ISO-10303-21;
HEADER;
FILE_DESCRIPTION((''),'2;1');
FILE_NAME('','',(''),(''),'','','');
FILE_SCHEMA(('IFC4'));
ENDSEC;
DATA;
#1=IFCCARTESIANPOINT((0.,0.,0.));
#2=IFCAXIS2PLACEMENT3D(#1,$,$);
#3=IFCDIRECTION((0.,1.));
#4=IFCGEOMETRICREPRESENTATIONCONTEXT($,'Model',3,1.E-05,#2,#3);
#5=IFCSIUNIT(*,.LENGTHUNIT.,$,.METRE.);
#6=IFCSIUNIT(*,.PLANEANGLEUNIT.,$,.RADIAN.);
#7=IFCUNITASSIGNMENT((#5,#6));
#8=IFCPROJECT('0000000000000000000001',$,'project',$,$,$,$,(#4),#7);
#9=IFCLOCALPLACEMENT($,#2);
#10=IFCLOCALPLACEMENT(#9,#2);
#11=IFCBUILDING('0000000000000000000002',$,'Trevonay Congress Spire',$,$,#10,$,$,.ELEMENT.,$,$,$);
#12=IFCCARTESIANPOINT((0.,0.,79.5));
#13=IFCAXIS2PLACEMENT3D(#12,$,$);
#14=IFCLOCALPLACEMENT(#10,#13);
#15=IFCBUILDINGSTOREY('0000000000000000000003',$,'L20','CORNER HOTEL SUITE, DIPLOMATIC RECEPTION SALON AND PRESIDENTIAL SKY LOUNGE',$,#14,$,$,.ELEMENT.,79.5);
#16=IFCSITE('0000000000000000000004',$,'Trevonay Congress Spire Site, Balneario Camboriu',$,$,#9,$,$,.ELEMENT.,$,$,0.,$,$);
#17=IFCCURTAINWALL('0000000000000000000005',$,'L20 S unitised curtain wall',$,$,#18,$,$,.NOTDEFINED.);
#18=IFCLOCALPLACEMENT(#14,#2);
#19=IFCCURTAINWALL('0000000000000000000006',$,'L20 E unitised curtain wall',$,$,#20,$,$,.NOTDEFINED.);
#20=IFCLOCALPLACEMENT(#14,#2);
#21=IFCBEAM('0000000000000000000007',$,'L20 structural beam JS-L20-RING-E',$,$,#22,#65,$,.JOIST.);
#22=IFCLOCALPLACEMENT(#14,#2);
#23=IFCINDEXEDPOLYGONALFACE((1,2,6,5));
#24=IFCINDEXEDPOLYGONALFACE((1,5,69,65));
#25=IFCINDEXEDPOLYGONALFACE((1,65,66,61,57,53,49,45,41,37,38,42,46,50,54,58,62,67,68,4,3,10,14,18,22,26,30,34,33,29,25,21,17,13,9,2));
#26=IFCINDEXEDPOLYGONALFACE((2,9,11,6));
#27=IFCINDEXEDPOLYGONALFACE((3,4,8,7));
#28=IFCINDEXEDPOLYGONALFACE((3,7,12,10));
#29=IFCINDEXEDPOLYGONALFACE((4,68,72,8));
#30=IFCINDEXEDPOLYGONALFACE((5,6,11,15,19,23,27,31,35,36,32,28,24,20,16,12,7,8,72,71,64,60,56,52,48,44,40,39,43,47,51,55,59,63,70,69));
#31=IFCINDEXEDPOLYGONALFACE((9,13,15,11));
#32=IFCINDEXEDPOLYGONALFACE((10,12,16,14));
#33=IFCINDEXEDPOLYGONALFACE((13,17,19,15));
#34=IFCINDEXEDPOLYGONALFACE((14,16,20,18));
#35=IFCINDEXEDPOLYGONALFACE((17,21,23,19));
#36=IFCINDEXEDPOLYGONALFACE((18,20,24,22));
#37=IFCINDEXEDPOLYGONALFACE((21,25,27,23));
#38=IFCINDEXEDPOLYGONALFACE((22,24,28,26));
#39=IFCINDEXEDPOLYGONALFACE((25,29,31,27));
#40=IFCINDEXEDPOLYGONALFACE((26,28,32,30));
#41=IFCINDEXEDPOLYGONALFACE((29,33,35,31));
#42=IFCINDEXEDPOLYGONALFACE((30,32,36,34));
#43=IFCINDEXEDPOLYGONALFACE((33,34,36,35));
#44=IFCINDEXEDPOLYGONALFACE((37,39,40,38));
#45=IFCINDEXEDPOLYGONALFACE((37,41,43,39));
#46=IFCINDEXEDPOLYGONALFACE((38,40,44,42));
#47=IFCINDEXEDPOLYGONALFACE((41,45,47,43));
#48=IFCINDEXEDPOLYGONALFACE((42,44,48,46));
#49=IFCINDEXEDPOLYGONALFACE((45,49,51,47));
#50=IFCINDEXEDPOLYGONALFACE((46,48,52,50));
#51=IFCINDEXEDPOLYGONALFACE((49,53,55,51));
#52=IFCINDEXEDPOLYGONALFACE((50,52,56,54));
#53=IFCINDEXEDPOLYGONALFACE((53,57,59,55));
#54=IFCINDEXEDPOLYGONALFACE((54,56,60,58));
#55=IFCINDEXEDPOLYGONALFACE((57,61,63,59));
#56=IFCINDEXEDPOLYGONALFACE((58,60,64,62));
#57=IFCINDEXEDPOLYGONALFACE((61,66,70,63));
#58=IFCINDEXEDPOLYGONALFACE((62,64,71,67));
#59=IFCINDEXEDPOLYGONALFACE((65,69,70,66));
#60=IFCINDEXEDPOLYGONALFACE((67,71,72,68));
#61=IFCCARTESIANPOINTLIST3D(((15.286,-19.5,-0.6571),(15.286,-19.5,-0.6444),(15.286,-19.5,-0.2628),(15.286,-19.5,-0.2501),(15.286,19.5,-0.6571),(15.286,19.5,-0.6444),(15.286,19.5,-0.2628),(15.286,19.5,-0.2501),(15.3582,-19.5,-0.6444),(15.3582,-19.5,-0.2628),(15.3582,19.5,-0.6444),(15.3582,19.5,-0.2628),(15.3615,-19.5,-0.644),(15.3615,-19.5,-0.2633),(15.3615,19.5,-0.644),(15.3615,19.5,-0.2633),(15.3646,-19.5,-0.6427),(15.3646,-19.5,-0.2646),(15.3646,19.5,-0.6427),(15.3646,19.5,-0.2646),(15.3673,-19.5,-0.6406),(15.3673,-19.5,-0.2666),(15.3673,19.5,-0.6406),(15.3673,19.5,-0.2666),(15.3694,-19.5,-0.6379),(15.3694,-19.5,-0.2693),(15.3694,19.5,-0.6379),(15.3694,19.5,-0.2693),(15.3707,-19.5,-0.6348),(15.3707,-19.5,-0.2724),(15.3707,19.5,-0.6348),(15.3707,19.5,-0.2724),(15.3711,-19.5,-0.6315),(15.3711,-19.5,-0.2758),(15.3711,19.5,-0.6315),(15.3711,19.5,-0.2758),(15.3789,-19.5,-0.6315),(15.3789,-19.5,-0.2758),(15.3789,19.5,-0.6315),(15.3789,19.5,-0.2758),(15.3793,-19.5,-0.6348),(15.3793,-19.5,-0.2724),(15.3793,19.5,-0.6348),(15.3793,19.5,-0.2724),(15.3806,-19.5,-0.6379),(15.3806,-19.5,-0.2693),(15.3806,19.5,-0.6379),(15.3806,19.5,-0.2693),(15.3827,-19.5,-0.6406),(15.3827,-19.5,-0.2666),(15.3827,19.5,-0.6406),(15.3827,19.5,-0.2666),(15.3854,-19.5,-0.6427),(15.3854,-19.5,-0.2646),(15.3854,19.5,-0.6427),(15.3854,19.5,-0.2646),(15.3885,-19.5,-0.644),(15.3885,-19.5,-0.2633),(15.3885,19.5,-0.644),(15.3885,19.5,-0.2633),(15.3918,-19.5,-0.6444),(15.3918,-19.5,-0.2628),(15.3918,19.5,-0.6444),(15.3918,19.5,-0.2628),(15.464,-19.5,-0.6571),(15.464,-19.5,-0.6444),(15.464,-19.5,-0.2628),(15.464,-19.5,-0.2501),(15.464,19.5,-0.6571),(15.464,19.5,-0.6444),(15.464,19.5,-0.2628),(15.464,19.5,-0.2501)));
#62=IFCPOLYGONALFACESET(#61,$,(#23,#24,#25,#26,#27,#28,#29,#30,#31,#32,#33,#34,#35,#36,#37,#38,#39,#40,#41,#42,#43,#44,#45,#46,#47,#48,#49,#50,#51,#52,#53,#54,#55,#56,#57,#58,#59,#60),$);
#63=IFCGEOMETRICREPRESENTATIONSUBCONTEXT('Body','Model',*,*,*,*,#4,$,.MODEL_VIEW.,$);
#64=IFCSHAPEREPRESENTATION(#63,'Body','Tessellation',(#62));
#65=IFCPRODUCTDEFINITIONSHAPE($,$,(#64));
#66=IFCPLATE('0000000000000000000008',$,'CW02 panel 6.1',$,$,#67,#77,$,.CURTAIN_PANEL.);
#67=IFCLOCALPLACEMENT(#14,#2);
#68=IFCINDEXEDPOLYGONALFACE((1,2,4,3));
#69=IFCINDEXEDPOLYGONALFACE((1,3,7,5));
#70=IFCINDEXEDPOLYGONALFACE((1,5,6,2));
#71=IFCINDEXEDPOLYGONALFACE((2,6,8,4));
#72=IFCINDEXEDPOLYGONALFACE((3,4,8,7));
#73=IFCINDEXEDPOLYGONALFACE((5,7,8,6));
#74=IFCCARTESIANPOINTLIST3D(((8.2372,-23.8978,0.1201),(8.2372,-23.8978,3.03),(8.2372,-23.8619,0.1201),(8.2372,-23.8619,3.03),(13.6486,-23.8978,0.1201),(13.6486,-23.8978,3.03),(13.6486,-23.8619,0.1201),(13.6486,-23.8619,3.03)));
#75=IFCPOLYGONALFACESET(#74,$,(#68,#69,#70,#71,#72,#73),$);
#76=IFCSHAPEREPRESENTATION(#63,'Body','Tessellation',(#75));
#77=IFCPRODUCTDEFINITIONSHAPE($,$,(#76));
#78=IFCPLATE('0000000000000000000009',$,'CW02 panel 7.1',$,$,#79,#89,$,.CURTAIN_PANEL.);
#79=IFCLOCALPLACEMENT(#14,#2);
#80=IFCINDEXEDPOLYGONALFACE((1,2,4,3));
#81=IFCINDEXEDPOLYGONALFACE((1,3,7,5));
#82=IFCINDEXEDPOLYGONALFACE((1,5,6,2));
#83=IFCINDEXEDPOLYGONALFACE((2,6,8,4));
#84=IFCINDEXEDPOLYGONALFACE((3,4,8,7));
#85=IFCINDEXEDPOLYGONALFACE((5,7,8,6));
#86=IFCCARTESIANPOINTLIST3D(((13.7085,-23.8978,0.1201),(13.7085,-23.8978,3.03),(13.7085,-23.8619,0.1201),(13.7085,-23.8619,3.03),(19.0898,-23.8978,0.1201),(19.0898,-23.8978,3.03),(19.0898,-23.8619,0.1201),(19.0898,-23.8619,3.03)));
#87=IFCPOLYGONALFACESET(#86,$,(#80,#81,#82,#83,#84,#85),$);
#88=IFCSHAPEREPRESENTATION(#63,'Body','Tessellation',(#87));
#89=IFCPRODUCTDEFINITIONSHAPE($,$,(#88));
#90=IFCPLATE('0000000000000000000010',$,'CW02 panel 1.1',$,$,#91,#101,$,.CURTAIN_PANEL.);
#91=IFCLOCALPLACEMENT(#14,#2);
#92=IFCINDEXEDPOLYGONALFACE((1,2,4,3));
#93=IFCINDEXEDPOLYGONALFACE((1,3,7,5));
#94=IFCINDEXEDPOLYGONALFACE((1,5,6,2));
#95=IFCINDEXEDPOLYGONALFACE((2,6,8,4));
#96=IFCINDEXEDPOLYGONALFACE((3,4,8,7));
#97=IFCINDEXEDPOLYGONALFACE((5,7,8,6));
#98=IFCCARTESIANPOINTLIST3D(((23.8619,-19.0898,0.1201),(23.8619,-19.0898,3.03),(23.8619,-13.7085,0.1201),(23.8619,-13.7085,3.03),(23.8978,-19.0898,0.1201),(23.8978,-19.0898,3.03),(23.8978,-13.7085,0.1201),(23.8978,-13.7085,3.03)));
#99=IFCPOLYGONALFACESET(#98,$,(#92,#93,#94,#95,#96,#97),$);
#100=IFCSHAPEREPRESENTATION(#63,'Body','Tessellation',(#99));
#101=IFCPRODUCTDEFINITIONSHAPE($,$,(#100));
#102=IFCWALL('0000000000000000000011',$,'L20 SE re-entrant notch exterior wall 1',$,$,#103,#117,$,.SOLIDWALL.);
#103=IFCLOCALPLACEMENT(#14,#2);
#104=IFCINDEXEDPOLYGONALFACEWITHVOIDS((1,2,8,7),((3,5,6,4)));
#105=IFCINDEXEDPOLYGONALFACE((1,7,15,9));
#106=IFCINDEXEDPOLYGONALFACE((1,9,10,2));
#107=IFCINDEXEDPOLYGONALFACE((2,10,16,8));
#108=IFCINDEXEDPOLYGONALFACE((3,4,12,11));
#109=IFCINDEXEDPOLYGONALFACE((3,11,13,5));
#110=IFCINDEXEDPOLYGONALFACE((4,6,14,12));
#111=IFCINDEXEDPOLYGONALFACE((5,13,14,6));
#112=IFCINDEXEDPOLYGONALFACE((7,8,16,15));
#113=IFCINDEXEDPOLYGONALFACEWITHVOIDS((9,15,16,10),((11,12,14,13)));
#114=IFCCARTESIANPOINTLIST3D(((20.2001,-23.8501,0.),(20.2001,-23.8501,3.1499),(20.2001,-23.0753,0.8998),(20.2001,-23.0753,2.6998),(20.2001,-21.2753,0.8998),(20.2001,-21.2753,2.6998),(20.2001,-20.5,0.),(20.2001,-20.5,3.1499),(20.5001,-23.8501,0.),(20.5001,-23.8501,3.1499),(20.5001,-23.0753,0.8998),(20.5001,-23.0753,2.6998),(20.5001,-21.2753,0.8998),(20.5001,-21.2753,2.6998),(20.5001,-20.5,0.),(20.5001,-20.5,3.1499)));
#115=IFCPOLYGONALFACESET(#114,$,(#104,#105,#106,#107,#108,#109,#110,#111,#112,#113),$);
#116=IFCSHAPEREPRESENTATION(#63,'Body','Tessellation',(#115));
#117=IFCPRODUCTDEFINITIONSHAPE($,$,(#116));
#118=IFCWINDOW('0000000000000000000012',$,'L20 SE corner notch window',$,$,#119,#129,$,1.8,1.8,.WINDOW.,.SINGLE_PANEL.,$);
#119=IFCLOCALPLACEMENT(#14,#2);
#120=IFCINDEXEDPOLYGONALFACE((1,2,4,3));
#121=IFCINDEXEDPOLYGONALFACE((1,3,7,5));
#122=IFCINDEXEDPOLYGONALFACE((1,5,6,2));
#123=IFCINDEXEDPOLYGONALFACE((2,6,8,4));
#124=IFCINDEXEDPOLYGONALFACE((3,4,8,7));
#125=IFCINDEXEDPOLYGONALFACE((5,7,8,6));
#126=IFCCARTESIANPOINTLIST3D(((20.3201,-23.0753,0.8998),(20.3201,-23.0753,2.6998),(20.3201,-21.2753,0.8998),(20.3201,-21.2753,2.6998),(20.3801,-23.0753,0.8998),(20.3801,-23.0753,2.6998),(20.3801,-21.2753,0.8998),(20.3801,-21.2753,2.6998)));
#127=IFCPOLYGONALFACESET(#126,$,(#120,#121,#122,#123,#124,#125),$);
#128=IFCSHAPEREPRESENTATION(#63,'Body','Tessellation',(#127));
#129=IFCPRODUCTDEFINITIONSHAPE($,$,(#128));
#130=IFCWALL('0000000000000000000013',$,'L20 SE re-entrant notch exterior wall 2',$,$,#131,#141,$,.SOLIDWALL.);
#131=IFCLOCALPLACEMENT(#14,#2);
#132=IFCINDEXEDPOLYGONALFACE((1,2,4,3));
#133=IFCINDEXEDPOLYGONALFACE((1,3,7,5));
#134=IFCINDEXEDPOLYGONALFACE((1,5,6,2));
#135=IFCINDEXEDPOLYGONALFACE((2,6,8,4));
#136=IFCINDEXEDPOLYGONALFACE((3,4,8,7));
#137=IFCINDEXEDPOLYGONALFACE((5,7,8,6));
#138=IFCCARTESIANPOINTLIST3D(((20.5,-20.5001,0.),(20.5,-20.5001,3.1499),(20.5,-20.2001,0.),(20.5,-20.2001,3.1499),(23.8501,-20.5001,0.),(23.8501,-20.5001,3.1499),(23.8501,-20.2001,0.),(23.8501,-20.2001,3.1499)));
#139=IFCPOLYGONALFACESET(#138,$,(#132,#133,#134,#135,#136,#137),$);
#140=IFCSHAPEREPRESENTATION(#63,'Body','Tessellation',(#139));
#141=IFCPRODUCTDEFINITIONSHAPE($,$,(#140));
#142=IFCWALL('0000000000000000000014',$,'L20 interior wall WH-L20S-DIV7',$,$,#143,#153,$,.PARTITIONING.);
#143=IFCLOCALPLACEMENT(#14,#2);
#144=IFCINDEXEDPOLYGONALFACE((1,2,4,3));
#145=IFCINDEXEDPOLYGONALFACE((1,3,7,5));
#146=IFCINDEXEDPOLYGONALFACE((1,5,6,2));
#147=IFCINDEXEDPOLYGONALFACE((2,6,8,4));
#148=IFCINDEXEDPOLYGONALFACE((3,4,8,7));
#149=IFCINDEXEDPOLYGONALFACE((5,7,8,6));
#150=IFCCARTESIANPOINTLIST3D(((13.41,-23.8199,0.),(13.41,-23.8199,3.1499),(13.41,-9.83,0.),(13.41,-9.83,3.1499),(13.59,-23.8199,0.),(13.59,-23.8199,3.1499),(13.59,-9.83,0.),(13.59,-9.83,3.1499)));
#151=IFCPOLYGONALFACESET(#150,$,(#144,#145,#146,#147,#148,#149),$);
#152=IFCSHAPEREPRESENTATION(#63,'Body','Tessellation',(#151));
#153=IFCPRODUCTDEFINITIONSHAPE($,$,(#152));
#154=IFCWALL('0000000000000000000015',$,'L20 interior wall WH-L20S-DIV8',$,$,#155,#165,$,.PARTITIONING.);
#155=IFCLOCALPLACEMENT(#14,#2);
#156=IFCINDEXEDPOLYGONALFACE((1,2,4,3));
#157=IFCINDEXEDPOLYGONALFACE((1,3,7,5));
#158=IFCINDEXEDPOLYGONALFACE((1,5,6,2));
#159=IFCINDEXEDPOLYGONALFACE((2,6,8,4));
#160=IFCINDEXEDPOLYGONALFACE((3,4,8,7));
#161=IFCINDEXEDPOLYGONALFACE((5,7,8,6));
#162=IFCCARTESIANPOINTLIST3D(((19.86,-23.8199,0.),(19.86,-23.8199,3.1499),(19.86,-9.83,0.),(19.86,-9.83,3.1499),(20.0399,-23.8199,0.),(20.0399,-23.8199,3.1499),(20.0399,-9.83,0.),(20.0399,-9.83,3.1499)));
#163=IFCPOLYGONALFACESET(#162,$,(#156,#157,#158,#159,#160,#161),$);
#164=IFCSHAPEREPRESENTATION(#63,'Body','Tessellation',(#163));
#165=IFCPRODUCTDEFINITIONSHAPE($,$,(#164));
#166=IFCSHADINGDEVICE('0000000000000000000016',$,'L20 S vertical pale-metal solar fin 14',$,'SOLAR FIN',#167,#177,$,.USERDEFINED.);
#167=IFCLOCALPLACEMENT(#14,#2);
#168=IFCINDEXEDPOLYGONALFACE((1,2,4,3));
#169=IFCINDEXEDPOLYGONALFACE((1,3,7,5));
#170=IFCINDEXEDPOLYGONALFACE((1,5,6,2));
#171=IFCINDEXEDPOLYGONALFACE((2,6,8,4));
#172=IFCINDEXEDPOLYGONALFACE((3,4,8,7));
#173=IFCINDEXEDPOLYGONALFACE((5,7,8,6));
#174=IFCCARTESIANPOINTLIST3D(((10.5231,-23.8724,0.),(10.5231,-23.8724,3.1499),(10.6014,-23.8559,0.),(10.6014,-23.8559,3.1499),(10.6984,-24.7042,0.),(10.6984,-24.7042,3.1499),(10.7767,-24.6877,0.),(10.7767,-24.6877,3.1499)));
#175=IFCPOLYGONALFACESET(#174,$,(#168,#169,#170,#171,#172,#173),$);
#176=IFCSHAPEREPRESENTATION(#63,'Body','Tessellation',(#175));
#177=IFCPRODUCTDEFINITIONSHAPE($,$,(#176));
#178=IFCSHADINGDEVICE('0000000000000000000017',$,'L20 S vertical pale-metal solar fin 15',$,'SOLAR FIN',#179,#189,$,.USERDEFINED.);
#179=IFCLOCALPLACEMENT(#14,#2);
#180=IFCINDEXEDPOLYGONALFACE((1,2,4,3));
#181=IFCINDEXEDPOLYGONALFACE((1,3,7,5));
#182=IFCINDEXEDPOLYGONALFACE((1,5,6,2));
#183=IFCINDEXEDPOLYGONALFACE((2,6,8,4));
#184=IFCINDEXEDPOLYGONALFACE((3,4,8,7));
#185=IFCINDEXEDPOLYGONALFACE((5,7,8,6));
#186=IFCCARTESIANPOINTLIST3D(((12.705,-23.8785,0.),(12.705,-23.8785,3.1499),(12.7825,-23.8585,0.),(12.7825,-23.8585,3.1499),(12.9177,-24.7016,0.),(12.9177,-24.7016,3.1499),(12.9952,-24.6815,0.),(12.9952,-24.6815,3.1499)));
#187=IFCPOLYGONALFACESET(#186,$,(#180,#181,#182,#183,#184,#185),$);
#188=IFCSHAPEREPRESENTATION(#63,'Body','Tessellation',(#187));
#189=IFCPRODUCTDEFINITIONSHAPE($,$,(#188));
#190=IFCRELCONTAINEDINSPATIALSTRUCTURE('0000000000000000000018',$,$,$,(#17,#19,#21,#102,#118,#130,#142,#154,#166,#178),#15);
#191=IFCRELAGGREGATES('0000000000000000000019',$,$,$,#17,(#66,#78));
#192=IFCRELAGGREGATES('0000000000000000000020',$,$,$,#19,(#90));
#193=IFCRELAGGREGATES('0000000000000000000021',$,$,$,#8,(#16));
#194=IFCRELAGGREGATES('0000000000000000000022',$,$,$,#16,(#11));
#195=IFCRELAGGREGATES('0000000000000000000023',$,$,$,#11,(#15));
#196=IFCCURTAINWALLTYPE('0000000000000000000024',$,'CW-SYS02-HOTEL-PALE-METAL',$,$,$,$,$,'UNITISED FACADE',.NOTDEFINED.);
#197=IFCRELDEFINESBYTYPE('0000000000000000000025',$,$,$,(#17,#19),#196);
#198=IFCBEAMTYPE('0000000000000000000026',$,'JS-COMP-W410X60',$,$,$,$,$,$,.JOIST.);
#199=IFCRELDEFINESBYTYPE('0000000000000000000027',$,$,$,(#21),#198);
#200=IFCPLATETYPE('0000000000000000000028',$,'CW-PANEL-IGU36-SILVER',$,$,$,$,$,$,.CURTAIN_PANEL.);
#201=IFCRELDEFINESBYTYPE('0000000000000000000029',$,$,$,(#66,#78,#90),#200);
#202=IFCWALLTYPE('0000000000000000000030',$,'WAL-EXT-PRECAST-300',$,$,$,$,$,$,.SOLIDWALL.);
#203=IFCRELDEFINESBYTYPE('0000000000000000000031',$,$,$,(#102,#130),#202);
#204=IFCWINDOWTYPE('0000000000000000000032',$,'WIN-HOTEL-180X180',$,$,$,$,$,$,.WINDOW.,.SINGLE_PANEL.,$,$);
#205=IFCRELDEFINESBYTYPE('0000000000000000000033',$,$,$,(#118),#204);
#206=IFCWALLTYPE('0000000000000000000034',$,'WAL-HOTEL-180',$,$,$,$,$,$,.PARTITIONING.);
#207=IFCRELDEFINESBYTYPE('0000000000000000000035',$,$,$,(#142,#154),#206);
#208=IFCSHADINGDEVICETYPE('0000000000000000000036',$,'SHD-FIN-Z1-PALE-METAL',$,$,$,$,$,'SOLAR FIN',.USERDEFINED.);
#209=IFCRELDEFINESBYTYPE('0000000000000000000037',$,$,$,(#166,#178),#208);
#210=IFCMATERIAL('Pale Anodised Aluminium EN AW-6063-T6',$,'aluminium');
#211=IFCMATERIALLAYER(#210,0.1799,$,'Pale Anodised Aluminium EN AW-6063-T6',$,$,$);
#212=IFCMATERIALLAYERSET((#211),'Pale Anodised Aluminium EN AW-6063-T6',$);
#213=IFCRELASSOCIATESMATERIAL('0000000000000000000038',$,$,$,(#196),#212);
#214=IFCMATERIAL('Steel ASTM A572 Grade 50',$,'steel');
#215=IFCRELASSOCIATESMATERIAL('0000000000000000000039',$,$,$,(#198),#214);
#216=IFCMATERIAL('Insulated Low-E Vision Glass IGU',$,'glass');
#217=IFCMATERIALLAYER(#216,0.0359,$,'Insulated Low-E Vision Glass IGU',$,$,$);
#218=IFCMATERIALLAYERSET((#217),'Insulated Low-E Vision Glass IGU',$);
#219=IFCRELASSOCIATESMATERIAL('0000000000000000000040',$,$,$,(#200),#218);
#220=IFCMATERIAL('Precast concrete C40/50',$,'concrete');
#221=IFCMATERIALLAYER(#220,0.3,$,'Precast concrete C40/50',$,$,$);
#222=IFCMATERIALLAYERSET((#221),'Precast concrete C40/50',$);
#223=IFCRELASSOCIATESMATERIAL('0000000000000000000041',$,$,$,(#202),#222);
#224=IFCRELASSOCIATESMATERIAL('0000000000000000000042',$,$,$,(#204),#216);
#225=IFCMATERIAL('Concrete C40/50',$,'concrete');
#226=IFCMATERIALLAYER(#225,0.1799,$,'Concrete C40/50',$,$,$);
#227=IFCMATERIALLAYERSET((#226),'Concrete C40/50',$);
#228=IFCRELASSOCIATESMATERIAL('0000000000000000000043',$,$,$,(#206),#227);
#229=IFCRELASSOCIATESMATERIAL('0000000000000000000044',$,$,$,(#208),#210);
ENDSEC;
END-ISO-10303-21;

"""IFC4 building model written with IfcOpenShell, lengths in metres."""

from ifc_helpers import new_model, si_unit, direction, frame, frame_2d, origin, origin_2d, place, context, subcontext, project, spatial, rectangle, i_section, extrude, material, layer, layer_set, material_profile, profile_set, type_object, element, fill, aggregate, save


model = new_model("IFC4")

# Units and contexts
model_context = context("Model", 3, precision=1e-05, world=origin(), true_north=direction((0.0, 1.0)))
body_context = subcontext(model_context, "Body", "Model", "MODEL_VIEW")
ifc_project = project(units=[si_unit("LENGTHUNIT", "METRE"), si_unit("PLANEANGLEUNIT", "RADIAN")], contexts=[model_context])

# Site, building, storey
site_placement = place(None, origin())
site = spatial("IfcSite", under=ifc_project, at=site_placement, Name="Trevonay Congress Spire Site, Balneario Camboriu", CompositionType="ELEMENT", RefElevation=0.0)
building_placement = place(site_placement, origin())
building = spatial("IfcBuilding", under=site, at=building_placement, Name="Trevonay Congress Spire", CompositionType="ELEMENT")
storey_placement = place(building_placement, frame((0.0, 0.0, 79.5)))
storey = spatial("IfcBuildingStorey", under=building, at=storey_placement, Name="L20", Description="CORNER HOTEL SUITE, DIPLOMATIC RECEPTION SALON AND PRESIDENTIAL SKY LOUNGE", CompositionType="ELEMENT", Elevation=79.5)

# Shared definitions
ifc_material_1 = material(Name="Steel ASTM A572 Grade 50", Category="steel")

# Curtain wall
ifc_material_2 = material(Name="Pale Anodised Aluminium EN AW-6063-T6", Category="aluminium")
ifc_layer_1 = layer(ifc_material_2, 0.1799, Name="Pale Anodised Aluminium EN AW-6063-T6")
ifc_layer_set_1 = layer_set([ifc_layer_1], Name="Pale Anodised Aluminium EN AW-6063-T6")
curtain_wall_type = type_object("IfcCurtainWallType", Name="CW-SYS02-HOTEL-PALE-METAL", ElementType="UNITISED FACADE", PredefinedType="NOTDEFINED", material=ifc_layer_set_1)
curtain_wall_1_placement = place(storey_placement, origin())
curtain_wall_1 = element("IfcCurtainWall", 1, at=curtain_wall_1_placement, inside=storey, type_object=curtain_wall_type, Name="L20 S unitised curtain wall", PredefinedType="NOTDEFINED")

# Curtain wall
curtain_wall_2_placement = place(storey_placement, origin())
curtain_wall_2 = element("IfcCurtainWall", 2, at=curtain_wall_2_placement, inside=storey, type_object=curtain_wall_type, Name="L20 E unitised curtain wall", PredefinedType="NOTDEFINED")

# Beam
ifc_material_profile_1 = material_profile(ifc_material_1, i_section(OverallWidth=0.178, OverallDepth=0.407, WebThickness=0.0078, FlangeThickness=0.0127, FilletRadius=0.0129, at=origin_2d()), Name="W410x60")
ifc_profile_set_1 = profile_set([ifc_material_profile_1], Name="Steel ASTM A572 Grade 50")
beam_type_1 = type_object("IfcBeamType", Name="JS-COMP-W410X60", PredefinedType="JOIST", material=ifc_profile_set_1)
beam_placement = place(storey_placement, frame((15.375, -19.5, -0.4536), z_axis=(0.0, 1.0, 0.0), x_axis=(-1.0, 0.0, 0.0)))
element("IfcBeam", 3, at=beam_placement, inside=storey, type_object=beam_type_1, Name="L20 structural beam JS-L20-RING-E", PredefinedType="JOIST", context=body_context, shape_type="SweptSolid", body=[
    extrude(i_section(OverallWidth=0.178, OverallDepth=0.407, WebThickness=0.0078, FlangeThickness=0.0127, FilletRadius=0.0129, at=origin_2d()), origin(), (0.0, 0.0, 1.0), 39.0),
])

# Plates
ifc_material_3 = material(Name="Insulated Low-E Vision Glass IGU", Category="glass")
ifc_layer_2 = layer(ifc_material_3, 0.0359, Name="Insulated Low-E Vision Glass IGU")
ifc_layer_set_2 = layer_set([ifc_layer_2], Name="Insulated Low-E Vision Glass IGU")
plate_type = type_object("IfcPlateType", Name="CW-PANEL-IGU36-SILVER", PredefinedType="CURTAIN_PANEL", material=ifc_layer_set_2)
plate_1_placement = place(storey_placement, frame((10.9429, -23.8799, 0.1201), z_axis=(0.0, 0.0, 1.0), x_axis=(1.0, 0.0, 0.0)))
plate_1 = element("IfcPlate", 4, at=plate_1_placement, type_object=plate_type, Name="CW02 panel 6.1", PredefinedType="CURTAIN_PANEL", context=body_context, shape_type="SweptSolid", body=[
    extrude(rectangle(XDim=5.4114, YDim=0.0359, at=origin_2d()), origin(), (0.0, 0.0, 1.0), 2.9099),
])
plate_2_placement = place(storey_placement, frame((16.3992, -23.8799, 0.1201), z_axis=(0.0, 0.0, 1.0), x_axis=(1.0, 0.0, 0.0)))
plate_2 = element("IfcPlate", 5, at=plate_2_placement, type_object=plate_type, Name="CW02 panel 7.1", PredefinedType="CURTAIN_PANEL", context=body_context, shape_type="SweptSolid", body=[
    extrude(rectangle(XDim=5.3813, YDim=0.0359, at=origin_2d()), origin(), (0.0, 0.0, 1.0), 2.9099),
])
aggregate(curtain_wall_1, [plate_1, plate_2])
plate_3_placement = place(storey_placement, frame((23.8799, -16.3992, 0.1201), z_axis=(0.0, 0.0, 1.0), x_axis=(0.0, 1.0, 0.0)))
plate_3 = element("IfcPlate", 6, at=plate_3_placement, type_object=plate_type, Name="CW02 panel 1.1", PredefinedType="CURTAIN_PANEL", context=body_context, shape_type="SweptSolid", body=[
    extrude(rectangle(XDim=5.3813, YDim=0.0359, at=origin_2d()), origin(), (0.0, 0.0, 1.0), 2.9099),
])
aggregate(curtain_wall_2, [plate_3])

# Wall, opening, window
ifc_material_4 = material(Name="Precast concrete C40/50", Category="concrete")
ifc_layer_3 = layer(ifc_material_4, 0.3, Name="Precast concrete C40/50")
ifc_layer_set_3 = layer_set([ifc_layer_3], Name="Precast concrete C40/50")
wall_type_1 = type_object("IfcWallType", Name="WAL-EXT-PRECAST-300", PredefinedType="SOLIDWALL", material=ifc_layer_set_3)
wall_1_placement = place(storey_placement, frame((20.3501, -23.8501, 0.0), z_axis=(0.0, 0.0, 1.0), x_axis=(0.0, 1.0, 0.0)))
wall_1 = element("IfcWall", 7, at=wall_1_placement, inside=storey, type_object=wall_type_1, Name="L20 SE re-entrant notch exterior wall 1", PredefinedType="SOLIDWALL", context=body_context, shape_type="SweptSolid", body=[
    extrude(rectangle(XDim=3.3501, YDim=0.3, at=frame_2d((1.675, 0.0))), origin(), (0.0, 0.0, 1.0), 3.1499),
])
opening_placement = place(wall_1_placement, frame((0.7749, 0.0, 0.8999)))
opening = element("IfcOpeningElement", 8, at=opening_placement, cuts=wall_1, PredefinedType="OPENING", context=body_context, shape_type="SweptSolid", body=[
    extrude(rectangle(XDim=1.8, YDim=1.8, at=frame_2d((0.8999, 0.8999))), frame((0.0, 0.1602, 0.0), z_axis=(0.0, -1.0, 0.0), x_axis=(1.0, 0.0, 0.0)), (0.0, 0.0, 1.0), 0.3201),
])
window_type = type_object("IfcWindowType", Name="WIN-HOTEL-180X180", PartitioningType="SINGLE_PANEL", PredefinedType="WINDOW", material=ifc_material_3)
window_placement = place(opening_placement, origin())
window = element("IfcWindow", 9, at=window_placement, inside=storey, type_object=window_type, Name="L20 SE corner notch window", OverallHeight=1.8, OverallWidth=1.8, PartitioningType="SINGLE_PANEL", PredefinedType="WINDOW", context=body_context, shape_type="SweptSolid", body=[
    extrude(rectangle(XDim=1.8, YDim=1.8, at=frame_2d((0.8999, 0.8999))), frame((0.0, 0.03, 0.0), z_axis=(0.0, -1.0, 0.0), x_axis=(1.0, 0.0, 0.0)), (0.0, 0.0, 1.0), 0.0601),
])
fill(opening, window)

# Walls
wall_2_placement = place(storey_placement, frame((23.8501, -20.3501, 0.0), z_axis=(0.0, 0.0, 1.0), x_axis=(-1.0, 0.0, 0.0)))
element("IfcWall", 10, at=wall_2_placement, inside=storey, type_object=wall_type_1, Name="L20 SE re-entrant notch exterior wall 2", PredefinedType="SOLIDWALL", context=body_context, shape_type="SweptSolid", body=[
    extrude(rectangle(XDim=3.3501, YDim=0.3, at=frame_2d((1.675, 0.0))), origin(), (0.0, 0.0, 1.0), 3.1499),
])
ifc_material_5 = material(Name="Concrete C40/50", Category="concrete")
ifc_layer_4 = layer(ifc_material_5, 0.1799, Name="Concrete C40/50")
ifc_layer_set_4 = layer_set([ifc_layer_4], Name="Concrete C40/50")
wall_type_2 = type_object("IfcWallType", Name="WAL-HOTEL-180", PredefinedType="PARTITIONING", material=ifc_layer_set_4)
for number, where, z_axis, x_axis, name in (
    (11, (13.5, -23.8201, 0.0), (0.0, 0.0, 1.0), (0.0, 1.0, 0.0), "L20 interior wall WH-L20S-DIV7"),
    (12, (19.95, -23.8201, 0.0), (0.0, 0.0, 1.0), (0.0, 1.0, 0.0), "L20 interior wall WH-L20S-DIV8"),
):
    element("IfcWall", number, at=place(storey_placement, frame(where, z_axis=z_axis, x_axis=x_axis)), inside=storey, type_object=wall_type_2, Name=name, PredefinedType="PARTITIONING", context=body_context, shape_type="SweptSolid", body=[
        extrude(rectangle(XDim=13.99, YDim=0.1799, at=frame_2d((6.9951, 0.0))), origin(), (0.0, 0.0, 1.0), 3.1499),
    ])

# Shading devices
shading_device_type = type_object("IfcShadingDeviceType", Name="SHD-FIN-Z1-PALE-METAL", ElementType="SOLAR FIN", PredefinedType="USERDEFINED", material=ifc_material_2)
for number, where, z_axis, x_axis, name in (
    (13, (10.6499, -24.28, 0.0), (0.0, 0.0, 1.0), (0.978509, 0.206204, 0.0), "L20 S vertical pale-metal solar fin 14"),
    (14, (12.8501, -24.28, 0.0), (0.0, 0.0, 1.0), (0.968191, 0.250211, 0.0), "L20 S vertical pale-metal solar fin 15"),
):
    element("IfcShadingDevice", number, at=place(storey_placement, frame(where, z_axis=z_axis, x_axis=x_axis)), inside=storey, type_object=shading_device_type, Name=name, ObjectType="SOLAR FIN", PredefinedType="USERDEFINED", context=body_context, shape_type="SweptSolid", body=[
        extrude(rectangle(XDim=0.0801, YDim=0.8501, at=origin_2d()), origin(), (0.0, 0.0, 1.0), 3.1499),
    ])

save(model, "model.ifc")
